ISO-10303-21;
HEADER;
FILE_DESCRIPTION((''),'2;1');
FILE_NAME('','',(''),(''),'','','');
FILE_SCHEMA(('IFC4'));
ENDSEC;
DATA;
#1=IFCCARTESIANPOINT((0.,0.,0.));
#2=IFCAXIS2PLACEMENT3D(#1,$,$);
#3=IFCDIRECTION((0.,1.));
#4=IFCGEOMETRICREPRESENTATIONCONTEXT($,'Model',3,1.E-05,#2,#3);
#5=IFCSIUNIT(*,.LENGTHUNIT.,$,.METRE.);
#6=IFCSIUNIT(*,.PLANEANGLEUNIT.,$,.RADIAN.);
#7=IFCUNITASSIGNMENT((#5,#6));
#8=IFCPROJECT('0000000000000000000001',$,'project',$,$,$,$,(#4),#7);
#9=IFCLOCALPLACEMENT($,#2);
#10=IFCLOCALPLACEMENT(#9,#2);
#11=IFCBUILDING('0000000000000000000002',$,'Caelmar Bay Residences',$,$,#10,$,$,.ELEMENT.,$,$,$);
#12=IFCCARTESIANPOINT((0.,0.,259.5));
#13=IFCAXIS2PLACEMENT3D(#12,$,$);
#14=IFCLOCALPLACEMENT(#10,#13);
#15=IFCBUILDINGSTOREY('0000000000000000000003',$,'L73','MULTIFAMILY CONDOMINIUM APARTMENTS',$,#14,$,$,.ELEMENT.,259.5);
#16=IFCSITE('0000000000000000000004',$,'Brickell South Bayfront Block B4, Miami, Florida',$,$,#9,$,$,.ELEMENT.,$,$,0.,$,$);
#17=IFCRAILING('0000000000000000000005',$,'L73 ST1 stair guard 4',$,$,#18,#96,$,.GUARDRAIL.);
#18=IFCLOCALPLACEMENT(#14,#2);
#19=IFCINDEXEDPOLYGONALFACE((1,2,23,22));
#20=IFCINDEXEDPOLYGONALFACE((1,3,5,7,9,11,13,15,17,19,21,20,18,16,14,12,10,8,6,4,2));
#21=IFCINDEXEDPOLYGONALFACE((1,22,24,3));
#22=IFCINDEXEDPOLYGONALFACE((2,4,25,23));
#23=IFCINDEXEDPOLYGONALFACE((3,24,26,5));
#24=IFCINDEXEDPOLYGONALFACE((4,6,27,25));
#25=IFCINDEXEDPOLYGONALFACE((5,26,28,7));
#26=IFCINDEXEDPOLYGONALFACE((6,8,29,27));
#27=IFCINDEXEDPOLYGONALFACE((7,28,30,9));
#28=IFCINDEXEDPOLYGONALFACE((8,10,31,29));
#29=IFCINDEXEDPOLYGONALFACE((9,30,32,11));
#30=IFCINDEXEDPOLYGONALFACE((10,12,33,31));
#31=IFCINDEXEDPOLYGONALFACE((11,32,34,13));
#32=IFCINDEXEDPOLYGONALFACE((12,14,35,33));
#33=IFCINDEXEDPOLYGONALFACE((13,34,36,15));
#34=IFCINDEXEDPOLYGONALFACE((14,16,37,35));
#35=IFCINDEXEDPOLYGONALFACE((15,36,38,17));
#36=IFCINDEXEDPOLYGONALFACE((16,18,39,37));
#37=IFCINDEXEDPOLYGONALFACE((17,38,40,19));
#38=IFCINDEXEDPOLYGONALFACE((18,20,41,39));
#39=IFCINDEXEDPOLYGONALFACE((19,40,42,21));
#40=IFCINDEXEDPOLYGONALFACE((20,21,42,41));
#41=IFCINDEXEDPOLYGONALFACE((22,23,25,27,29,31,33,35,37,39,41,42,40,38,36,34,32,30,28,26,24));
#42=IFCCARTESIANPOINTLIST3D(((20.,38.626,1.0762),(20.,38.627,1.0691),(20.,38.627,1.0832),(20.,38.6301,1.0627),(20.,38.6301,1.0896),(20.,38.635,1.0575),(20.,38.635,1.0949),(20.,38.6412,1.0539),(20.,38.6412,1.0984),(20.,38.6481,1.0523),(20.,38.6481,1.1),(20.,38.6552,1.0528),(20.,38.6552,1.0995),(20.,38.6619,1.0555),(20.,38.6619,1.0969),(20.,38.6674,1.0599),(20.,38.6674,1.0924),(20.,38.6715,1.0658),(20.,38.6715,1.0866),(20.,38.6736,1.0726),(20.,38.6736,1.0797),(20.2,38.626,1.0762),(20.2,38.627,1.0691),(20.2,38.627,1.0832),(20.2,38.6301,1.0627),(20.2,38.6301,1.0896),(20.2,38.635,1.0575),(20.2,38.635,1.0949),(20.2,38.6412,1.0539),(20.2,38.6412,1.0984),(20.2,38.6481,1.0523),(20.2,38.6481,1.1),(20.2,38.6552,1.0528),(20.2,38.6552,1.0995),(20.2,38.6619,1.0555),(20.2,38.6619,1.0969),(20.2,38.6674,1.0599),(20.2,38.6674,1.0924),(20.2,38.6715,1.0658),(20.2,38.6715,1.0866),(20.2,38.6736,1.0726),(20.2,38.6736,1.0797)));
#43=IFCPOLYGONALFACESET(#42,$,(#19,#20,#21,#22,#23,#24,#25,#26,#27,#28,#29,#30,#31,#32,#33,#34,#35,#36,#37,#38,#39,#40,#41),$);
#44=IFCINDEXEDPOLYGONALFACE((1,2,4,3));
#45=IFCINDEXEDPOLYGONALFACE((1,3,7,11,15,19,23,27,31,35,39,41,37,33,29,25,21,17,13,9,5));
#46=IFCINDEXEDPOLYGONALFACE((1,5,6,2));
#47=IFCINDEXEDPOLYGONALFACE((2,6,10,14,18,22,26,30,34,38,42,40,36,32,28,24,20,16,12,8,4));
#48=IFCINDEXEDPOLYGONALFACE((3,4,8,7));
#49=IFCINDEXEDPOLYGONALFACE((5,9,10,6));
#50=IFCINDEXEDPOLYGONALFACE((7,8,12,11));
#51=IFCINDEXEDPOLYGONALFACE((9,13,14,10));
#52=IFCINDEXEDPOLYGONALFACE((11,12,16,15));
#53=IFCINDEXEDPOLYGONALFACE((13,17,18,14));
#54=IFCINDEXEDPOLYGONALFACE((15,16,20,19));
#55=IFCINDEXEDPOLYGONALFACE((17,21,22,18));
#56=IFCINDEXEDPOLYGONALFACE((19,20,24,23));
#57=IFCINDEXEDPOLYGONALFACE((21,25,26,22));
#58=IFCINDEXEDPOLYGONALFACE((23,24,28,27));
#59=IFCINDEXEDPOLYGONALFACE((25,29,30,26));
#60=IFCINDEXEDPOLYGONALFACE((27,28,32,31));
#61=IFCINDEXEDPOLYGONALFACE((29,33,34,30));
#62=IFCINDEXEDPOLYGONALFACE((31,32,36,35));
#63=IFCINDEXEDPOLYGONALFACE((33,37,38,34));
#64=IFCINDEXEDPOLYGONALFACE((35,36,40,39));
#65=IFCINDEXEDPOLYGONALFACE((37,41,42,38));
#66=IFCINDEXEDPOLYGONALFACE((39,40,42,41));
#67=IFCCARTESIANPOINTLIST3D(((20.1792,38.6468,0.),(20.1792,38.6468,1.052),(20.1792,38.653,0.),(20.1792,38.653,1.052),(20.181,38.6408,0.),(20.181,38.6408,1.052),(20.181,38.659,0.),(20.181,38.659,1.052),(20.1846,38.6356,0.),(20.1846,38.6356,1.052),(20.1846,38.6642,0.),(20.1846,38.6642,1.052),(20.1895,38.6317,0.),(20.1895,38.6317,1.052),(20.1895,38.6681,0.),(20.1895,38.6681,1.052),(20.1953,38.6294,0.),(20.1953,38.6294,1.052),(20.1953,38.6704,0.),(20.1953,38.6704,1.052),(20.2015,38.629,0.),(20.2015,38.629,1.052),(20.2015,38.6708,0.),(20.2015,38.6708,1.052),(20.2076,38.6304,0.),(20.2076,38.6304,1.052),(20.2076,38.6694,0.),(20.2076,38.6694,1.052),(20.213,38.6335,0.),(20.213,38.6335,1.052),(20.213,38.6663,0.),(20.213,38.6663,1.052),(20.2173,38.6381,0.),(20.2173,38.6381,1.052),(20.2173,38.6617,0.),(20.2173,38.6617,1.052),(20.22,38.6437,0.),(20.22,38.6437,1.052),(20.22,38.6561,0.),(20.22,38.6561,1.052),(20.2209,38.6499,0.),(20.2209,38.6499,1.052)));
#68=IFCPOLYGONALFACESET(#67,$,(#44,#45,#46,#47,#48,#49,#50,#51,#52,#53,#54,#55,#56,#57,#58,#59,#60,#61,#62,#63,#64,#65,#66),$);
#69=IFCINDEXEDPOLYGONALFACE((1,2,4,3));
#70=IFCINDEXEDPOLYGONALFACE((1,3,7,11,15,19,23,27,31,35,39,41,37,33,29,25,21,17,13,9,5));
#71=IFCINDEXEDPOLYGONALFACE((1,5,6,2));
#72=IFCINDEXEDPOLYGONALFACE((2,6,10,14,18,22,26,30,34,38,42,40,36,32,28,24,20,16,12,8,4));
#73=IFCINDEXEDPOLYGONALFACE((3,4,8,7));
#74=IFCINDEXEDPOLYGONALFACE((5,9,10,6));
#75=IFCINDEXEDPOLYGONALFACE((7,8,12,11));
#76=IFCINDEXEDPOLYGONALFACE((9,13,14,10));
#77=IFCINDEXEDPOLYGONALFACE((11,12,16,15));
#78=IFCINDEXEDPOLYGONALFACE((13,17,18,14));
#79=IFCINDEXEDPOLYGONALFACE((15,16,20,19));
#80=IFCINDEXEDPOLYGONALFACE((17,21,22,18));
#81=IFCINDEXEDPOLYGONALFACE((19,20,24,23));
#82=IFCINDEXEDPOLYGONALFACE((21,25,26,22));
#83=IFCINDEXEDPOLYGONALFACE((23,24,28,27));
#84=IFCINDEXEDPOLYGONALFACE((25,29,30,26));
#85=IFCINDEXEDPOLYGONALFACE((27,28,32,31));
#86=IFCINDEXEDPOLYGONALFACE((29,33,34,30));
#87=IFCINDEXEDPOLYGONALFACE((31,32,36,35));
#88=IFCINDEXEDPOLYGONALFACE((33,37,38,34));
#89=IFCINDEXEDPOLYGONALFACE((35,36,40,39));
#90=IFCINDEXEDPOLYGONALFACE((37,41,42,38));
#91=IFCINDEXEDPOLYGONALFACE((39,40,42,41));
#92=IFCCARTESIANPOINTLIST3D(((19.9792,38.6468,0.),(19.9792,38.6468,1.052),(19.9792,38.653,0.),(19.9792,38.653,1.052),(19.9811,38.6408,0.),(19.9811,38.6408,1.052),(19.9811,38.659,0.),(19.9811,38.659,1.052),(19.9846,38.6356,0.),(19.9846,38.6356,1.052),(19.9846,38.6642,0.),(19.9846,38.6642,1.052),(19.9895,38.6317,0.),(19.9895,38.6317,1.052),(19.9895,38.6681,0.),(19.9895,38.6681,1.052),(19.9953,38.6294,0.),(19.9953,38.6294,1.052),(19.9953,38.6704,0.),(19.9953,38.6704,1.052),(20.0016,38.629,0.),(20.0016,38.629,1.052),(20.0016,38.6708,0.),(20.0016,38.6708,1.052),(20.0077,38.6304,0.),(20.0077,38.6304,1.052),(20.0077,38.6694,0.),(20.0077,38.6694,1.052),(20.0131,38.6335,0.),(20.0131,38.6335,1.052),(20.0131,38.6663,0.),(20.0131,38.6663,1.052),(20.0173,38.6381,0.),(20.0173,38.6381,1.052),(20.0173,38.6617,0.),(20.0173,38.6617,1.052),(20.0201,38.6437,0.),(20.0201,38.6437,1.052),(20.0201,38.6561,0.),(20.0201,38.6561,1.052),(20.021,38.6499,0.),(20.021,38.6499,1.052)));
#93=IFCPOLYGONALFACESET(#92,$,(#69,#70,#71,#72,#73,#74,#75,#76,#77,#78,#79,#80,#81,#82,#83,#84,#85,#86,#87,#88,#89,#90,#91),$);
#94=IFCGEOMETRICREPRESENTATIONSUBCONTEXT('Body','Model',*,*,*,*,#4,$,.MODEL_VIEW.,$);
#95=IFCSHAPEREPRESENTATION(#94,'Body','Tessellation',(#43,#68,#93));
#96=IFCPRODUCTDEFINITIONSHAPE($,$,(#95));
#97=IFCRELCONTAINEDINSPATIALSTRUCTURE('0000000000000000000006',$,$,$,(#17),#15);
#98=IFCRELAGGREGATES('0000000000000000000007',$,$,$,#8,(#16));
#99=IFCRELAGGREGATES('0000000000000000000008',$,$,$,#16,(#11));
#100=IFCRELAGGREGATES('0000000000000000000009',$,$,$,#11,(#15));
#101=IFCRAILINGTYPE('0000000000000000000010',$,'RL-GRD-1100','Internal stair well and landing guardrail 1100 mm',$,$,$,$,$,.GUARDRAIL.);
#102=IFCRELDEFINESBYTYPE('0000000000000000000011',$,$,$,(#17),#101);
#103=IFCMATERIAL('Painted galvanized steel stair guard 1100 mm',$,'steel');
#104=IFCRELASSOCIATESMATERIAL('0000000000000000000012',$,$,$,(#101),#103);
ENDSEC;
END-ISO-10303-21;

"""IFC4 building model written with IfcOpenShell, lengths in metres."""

from ifc_helpers import new_model, si_unit, direction, frame, origin, origin_2d, place, context, subcontext, project, spatial, circle, extrude, material, type_object, element, save


model = new_model("IFC4")

# Units and contexts
model_context = context("Model", 3, precision=1e-05, world=origin(), true_north=direction((0.0, 1.0)))
body_context = subcontext(model_context, "Body", "Model", "MODEL_VIEW")
ifc_project = project(units=[si_unit("LENGTHUNIT", "METRE"), si_unit("PLANEANGLEUNIT", "RADIAN")], contexts=[model_context])

# Site, building, storey
site_placement = place(None, origin())
site = spatial("IfcSite", under=ifc_project, at=site_placement, Name="Brickell South Bayfront Block B4, Miami, Florida", CompositionType="ELEMENT", RefElevation=0.0)
building_placement = place(site_placement, origin())
building = spatial("IfcBuilding", under=site, at=building_placement, Name="Caelmar Bay Residences", CompositionType="ELEMENT")
storey_placement = place(building_placement, frame((0.0, 0.0, 259.5)))
storey = spatial("IfcBuildingStorey", under=building, at=storey_placement, Name="L73", Description="MULTIFAMILY CONDOMINIUM APARTMENTS", CompositionType="ELEMENT", Elevation=259.5)

# Railing
ifc_material_1 = material(Name="Painted galvanized steel stair guard 1100 mm", Category="steel")
railing_type_1 = type_object("IfcRailingType", Name="RL-GRD-1100", Description="Internal stair well and landing guardrail 1100 mm", PredefinedType="GUARDRAIL", material=ifc_material_1)
railing_1_placement = place(storey_placement, frame((20.2, 38.6499, 0.0)))
element("IfcRailing", 1, at=railing_1_placement, inside=storey, type_object=railing_type_1, Name="L73 ST1 stair guard 4", PredefinedType="GUARDRAIL", context=body_context, shape_type="SweptSolid", body=[
    extrude(circle(Radius=0.0239, at=origin_2d()), frame((0.0, 0.0, 1.0762), z_axis=(-1.0, 0.0, 0.0), x_axis=(0.0, -1.0, 0.0)), (0.0, 0.0, 1.0), 0.2),
    extrude(circle(Radius=0.021, at=origin_2d()), origin(), (0.0, 0.0, 1.0), 1.052),
    extrude(circle(Radius=0.021, at=origin_2d()), frame((-0.2, 0.0, 0.0)), (0.0, 0.0, 1.0), 1.052),
])

save(model, "model.ifc")
